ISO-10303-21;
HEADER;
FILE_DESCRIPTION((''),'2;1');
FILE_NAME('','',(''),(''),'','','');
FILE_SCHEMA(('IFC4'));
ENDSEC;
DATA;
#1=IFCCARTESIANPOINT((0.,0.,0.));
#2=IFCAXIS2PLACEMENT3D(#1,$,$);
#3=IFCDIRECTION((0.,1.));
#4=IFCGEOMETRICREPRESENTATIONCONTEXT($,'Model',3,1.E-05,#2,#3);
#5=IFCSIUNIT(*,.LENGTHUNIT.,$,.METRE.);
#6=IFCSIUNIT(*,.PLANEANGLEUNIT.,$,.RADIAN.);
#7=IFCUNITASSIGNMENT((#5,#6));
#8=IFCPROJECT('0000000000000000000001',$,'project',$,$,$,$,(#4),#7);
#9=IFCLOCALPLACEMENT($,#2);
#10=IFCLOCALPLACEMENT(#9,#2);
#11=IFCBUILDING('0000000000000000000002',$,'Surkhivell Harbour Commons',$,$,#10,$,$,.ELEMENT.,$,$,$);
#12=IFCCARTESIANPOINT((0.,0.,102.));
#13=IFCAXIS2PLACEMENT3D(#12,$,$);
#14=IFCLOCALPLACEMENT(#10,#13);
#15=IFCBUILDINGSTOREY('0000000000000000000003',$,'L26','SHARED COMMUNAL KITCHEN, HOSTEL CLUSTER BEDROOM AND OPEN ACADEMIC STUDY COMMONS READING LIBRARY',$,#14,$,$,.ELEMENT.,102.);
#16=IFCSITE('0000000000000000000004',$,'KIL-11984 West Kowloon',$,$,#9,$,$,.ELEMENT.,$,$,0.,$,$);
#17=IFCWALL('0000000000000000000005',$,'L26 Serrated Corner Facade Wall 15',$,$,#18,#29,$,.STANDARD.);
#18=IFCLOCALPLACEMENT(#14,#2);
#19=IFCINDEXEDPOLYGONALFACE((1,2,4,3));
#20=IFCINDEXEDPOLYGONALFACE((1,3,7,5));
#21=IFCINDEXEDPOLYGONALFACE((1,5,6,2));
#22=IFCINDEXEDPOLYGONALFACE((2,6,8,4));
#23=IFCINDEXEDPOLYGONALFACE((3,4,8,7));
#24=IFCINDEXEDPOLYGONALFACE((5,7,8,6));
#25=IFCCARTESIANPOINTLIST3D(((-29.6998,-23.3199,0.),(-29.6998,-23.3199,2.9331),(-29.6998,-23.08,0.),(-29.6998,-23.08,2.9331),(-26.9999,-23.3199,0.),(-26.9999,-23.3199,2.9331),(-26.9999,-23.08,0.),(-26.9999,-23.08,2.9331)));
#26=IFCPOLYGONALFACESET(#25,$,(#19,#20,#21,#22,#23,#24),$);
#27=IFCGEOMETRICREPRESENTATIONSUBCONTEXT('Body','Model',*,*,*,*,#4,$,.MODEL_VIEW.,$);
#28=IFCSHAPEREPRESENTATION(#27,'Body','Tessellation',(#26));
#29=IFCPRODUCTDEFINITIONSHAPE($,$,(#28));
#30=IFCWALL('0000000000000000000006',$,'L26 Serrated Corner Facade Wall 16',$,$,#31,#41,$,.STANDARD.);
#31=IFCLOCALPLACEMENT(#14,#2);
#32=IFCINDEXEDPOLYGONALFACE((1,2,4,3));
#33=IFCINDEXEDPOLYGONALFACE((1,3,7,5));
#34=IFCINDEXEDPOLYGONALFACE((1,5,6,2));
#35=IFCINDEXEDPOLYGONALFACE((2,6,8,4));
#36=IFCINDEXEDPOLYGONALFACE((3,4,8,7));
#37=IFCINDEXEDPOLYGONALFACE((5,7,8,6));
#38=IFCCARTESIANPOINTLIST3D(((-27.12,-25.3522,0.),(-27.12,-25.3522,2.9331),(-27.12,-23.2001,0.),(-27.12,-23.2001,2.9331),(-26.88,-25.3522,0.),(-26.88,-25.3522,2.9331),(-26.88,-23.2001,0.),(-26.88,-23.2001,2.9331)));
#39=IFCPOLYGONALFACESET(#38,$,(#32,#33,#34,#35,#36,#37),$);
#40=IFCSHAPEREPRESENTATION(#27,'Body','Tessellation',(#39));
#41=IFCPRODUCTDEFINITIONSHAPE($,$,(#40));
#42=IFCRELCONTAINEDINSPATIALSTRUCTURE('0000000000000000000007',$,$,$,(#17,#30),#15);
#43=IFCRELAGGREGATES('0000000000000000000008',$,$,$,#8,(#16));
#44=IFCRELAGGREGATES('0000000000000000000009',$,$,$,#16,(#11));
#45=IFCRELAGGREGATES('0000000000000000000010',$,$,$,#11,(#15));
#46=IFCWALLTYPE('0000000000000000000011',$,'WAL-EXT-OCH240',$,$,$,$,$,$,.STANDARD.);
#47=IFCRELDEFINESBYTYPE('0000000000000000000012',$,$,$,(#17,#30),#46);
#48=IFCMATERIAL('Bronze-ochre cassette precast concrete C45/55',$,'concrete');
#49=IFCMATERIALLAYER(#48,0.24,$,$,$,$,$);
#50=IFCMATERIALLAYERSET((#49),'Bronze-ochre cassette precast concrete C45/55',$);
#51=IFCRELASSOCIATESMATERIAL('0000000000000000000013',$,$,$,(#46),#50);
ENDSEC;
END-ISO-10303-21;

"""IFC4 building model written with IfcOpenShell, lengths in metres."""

from ifc_helpers import new_model, si_unit, direction, frame, frame_2d, origin, place, context, subcontext, project, spatial, rectangle, extrude, material, layer, layer_set, type_object, element, save


model = new_model("IFC4")

# Units and contexts
model_context = context("Model", 3, precision=1e-05, world=origin(), true_north=direction((0.0, 1.0)))
body_context = subcontext(model_context, "Body", "Model", "MODEL_VIEW")
ifc_project = project(units=[si_unit("LENGTHUNIT", "METRE"), si_unit("PLANEANGLEUNIT", "RADIAN")], contexts=[model_context])

# Site, building, storey
site_placement = place(None, origin())
site = spatial("IfcSite", under=ifc_project, at=site_placement, Name="KIL-11984 West Kowloon", CompositionType="ELEMENT", RefElevation=0.0)
building_placement = place(site_placement, origin())
building = spatial("IfcBuilding", under=site, at=building_placement, Name="Surkhivell Harbour Commons", CompositionType="ELEMENT")
storey_placement = place(building_placement, frame((0.0, 0.0, 102.0)))
storey = spatial("IfcBuildingStorey", under=building, at=storey_placement, Name="L26", Description="SHARED COMMUNAL KITCHEN, HOSTEL CLUSTER BEDROOM AND OPEN ACADEMIC STUDY COMMONS READING LIBRARY", CompositionType="ELEMENT", Elevation=102.0)

# Walls
ifc_material_1 = material(Name="Bronze-ochre cassette precast concrete C45/55", Category="concrete")
ifc_layer_1 = layer(ifc_material_1, 0.24)
ifc_layer_set_1 = layer_set([ifc_layer_1], Name="Bronze-ochre cassette precast concrete C45/55")
wall_type = type_object("IfcWallType", Name="WAL-EXT-OCH240", PredefinedType="STANDARD", material=ifc_layer_set_1)
for number, where, z_axis, x_axis, name in (
    (1, (-29.7, -23.2, 0.0), (0.0, 0.0, 1.0), (1.0, 0.0, 0.0), "L26 Serrated Corner Facade Wall 15"),
):
    element("IfcWall", number, at=place(storey_placement, frame(where, z_axis=z_axis, x_axis=x_axis)), inside=storey, type_object=wall_type, Name=name, PredefinedType="STANDARD", context=body_context, shape_type="SweptSolid", body=[
        extrude(rectangle(XDim=2.7, YDim=0.24, at=frame_2d((1.3501, 0.0))), origin(), (0.0, 0.0, 1.0), 2.9331),
    ])
wall_1_placement = place(storey_placement, frame((-27.0, -23.2, 0.0), z_axis=(0.0, 0.0, 1.0), x_axis=(0.0, -1.0, 0.0)))
element("IfcWall", 2, at=wall_1_placement, inside=storey, type_object=wall_type, Name="L26 Serrated Corner Facade Wall 16", PredefinedType="STANDARD", context=body_context, shape_type="SweptSolid", body=[
    extrude(rectangle(XDim=2.1521, YDim=0.24, at=frame_2d((1.0762, 0.0))), origin(), (0.0, 0.0, 1.0), 2.9331),
])

save(model, "model.ifc")
